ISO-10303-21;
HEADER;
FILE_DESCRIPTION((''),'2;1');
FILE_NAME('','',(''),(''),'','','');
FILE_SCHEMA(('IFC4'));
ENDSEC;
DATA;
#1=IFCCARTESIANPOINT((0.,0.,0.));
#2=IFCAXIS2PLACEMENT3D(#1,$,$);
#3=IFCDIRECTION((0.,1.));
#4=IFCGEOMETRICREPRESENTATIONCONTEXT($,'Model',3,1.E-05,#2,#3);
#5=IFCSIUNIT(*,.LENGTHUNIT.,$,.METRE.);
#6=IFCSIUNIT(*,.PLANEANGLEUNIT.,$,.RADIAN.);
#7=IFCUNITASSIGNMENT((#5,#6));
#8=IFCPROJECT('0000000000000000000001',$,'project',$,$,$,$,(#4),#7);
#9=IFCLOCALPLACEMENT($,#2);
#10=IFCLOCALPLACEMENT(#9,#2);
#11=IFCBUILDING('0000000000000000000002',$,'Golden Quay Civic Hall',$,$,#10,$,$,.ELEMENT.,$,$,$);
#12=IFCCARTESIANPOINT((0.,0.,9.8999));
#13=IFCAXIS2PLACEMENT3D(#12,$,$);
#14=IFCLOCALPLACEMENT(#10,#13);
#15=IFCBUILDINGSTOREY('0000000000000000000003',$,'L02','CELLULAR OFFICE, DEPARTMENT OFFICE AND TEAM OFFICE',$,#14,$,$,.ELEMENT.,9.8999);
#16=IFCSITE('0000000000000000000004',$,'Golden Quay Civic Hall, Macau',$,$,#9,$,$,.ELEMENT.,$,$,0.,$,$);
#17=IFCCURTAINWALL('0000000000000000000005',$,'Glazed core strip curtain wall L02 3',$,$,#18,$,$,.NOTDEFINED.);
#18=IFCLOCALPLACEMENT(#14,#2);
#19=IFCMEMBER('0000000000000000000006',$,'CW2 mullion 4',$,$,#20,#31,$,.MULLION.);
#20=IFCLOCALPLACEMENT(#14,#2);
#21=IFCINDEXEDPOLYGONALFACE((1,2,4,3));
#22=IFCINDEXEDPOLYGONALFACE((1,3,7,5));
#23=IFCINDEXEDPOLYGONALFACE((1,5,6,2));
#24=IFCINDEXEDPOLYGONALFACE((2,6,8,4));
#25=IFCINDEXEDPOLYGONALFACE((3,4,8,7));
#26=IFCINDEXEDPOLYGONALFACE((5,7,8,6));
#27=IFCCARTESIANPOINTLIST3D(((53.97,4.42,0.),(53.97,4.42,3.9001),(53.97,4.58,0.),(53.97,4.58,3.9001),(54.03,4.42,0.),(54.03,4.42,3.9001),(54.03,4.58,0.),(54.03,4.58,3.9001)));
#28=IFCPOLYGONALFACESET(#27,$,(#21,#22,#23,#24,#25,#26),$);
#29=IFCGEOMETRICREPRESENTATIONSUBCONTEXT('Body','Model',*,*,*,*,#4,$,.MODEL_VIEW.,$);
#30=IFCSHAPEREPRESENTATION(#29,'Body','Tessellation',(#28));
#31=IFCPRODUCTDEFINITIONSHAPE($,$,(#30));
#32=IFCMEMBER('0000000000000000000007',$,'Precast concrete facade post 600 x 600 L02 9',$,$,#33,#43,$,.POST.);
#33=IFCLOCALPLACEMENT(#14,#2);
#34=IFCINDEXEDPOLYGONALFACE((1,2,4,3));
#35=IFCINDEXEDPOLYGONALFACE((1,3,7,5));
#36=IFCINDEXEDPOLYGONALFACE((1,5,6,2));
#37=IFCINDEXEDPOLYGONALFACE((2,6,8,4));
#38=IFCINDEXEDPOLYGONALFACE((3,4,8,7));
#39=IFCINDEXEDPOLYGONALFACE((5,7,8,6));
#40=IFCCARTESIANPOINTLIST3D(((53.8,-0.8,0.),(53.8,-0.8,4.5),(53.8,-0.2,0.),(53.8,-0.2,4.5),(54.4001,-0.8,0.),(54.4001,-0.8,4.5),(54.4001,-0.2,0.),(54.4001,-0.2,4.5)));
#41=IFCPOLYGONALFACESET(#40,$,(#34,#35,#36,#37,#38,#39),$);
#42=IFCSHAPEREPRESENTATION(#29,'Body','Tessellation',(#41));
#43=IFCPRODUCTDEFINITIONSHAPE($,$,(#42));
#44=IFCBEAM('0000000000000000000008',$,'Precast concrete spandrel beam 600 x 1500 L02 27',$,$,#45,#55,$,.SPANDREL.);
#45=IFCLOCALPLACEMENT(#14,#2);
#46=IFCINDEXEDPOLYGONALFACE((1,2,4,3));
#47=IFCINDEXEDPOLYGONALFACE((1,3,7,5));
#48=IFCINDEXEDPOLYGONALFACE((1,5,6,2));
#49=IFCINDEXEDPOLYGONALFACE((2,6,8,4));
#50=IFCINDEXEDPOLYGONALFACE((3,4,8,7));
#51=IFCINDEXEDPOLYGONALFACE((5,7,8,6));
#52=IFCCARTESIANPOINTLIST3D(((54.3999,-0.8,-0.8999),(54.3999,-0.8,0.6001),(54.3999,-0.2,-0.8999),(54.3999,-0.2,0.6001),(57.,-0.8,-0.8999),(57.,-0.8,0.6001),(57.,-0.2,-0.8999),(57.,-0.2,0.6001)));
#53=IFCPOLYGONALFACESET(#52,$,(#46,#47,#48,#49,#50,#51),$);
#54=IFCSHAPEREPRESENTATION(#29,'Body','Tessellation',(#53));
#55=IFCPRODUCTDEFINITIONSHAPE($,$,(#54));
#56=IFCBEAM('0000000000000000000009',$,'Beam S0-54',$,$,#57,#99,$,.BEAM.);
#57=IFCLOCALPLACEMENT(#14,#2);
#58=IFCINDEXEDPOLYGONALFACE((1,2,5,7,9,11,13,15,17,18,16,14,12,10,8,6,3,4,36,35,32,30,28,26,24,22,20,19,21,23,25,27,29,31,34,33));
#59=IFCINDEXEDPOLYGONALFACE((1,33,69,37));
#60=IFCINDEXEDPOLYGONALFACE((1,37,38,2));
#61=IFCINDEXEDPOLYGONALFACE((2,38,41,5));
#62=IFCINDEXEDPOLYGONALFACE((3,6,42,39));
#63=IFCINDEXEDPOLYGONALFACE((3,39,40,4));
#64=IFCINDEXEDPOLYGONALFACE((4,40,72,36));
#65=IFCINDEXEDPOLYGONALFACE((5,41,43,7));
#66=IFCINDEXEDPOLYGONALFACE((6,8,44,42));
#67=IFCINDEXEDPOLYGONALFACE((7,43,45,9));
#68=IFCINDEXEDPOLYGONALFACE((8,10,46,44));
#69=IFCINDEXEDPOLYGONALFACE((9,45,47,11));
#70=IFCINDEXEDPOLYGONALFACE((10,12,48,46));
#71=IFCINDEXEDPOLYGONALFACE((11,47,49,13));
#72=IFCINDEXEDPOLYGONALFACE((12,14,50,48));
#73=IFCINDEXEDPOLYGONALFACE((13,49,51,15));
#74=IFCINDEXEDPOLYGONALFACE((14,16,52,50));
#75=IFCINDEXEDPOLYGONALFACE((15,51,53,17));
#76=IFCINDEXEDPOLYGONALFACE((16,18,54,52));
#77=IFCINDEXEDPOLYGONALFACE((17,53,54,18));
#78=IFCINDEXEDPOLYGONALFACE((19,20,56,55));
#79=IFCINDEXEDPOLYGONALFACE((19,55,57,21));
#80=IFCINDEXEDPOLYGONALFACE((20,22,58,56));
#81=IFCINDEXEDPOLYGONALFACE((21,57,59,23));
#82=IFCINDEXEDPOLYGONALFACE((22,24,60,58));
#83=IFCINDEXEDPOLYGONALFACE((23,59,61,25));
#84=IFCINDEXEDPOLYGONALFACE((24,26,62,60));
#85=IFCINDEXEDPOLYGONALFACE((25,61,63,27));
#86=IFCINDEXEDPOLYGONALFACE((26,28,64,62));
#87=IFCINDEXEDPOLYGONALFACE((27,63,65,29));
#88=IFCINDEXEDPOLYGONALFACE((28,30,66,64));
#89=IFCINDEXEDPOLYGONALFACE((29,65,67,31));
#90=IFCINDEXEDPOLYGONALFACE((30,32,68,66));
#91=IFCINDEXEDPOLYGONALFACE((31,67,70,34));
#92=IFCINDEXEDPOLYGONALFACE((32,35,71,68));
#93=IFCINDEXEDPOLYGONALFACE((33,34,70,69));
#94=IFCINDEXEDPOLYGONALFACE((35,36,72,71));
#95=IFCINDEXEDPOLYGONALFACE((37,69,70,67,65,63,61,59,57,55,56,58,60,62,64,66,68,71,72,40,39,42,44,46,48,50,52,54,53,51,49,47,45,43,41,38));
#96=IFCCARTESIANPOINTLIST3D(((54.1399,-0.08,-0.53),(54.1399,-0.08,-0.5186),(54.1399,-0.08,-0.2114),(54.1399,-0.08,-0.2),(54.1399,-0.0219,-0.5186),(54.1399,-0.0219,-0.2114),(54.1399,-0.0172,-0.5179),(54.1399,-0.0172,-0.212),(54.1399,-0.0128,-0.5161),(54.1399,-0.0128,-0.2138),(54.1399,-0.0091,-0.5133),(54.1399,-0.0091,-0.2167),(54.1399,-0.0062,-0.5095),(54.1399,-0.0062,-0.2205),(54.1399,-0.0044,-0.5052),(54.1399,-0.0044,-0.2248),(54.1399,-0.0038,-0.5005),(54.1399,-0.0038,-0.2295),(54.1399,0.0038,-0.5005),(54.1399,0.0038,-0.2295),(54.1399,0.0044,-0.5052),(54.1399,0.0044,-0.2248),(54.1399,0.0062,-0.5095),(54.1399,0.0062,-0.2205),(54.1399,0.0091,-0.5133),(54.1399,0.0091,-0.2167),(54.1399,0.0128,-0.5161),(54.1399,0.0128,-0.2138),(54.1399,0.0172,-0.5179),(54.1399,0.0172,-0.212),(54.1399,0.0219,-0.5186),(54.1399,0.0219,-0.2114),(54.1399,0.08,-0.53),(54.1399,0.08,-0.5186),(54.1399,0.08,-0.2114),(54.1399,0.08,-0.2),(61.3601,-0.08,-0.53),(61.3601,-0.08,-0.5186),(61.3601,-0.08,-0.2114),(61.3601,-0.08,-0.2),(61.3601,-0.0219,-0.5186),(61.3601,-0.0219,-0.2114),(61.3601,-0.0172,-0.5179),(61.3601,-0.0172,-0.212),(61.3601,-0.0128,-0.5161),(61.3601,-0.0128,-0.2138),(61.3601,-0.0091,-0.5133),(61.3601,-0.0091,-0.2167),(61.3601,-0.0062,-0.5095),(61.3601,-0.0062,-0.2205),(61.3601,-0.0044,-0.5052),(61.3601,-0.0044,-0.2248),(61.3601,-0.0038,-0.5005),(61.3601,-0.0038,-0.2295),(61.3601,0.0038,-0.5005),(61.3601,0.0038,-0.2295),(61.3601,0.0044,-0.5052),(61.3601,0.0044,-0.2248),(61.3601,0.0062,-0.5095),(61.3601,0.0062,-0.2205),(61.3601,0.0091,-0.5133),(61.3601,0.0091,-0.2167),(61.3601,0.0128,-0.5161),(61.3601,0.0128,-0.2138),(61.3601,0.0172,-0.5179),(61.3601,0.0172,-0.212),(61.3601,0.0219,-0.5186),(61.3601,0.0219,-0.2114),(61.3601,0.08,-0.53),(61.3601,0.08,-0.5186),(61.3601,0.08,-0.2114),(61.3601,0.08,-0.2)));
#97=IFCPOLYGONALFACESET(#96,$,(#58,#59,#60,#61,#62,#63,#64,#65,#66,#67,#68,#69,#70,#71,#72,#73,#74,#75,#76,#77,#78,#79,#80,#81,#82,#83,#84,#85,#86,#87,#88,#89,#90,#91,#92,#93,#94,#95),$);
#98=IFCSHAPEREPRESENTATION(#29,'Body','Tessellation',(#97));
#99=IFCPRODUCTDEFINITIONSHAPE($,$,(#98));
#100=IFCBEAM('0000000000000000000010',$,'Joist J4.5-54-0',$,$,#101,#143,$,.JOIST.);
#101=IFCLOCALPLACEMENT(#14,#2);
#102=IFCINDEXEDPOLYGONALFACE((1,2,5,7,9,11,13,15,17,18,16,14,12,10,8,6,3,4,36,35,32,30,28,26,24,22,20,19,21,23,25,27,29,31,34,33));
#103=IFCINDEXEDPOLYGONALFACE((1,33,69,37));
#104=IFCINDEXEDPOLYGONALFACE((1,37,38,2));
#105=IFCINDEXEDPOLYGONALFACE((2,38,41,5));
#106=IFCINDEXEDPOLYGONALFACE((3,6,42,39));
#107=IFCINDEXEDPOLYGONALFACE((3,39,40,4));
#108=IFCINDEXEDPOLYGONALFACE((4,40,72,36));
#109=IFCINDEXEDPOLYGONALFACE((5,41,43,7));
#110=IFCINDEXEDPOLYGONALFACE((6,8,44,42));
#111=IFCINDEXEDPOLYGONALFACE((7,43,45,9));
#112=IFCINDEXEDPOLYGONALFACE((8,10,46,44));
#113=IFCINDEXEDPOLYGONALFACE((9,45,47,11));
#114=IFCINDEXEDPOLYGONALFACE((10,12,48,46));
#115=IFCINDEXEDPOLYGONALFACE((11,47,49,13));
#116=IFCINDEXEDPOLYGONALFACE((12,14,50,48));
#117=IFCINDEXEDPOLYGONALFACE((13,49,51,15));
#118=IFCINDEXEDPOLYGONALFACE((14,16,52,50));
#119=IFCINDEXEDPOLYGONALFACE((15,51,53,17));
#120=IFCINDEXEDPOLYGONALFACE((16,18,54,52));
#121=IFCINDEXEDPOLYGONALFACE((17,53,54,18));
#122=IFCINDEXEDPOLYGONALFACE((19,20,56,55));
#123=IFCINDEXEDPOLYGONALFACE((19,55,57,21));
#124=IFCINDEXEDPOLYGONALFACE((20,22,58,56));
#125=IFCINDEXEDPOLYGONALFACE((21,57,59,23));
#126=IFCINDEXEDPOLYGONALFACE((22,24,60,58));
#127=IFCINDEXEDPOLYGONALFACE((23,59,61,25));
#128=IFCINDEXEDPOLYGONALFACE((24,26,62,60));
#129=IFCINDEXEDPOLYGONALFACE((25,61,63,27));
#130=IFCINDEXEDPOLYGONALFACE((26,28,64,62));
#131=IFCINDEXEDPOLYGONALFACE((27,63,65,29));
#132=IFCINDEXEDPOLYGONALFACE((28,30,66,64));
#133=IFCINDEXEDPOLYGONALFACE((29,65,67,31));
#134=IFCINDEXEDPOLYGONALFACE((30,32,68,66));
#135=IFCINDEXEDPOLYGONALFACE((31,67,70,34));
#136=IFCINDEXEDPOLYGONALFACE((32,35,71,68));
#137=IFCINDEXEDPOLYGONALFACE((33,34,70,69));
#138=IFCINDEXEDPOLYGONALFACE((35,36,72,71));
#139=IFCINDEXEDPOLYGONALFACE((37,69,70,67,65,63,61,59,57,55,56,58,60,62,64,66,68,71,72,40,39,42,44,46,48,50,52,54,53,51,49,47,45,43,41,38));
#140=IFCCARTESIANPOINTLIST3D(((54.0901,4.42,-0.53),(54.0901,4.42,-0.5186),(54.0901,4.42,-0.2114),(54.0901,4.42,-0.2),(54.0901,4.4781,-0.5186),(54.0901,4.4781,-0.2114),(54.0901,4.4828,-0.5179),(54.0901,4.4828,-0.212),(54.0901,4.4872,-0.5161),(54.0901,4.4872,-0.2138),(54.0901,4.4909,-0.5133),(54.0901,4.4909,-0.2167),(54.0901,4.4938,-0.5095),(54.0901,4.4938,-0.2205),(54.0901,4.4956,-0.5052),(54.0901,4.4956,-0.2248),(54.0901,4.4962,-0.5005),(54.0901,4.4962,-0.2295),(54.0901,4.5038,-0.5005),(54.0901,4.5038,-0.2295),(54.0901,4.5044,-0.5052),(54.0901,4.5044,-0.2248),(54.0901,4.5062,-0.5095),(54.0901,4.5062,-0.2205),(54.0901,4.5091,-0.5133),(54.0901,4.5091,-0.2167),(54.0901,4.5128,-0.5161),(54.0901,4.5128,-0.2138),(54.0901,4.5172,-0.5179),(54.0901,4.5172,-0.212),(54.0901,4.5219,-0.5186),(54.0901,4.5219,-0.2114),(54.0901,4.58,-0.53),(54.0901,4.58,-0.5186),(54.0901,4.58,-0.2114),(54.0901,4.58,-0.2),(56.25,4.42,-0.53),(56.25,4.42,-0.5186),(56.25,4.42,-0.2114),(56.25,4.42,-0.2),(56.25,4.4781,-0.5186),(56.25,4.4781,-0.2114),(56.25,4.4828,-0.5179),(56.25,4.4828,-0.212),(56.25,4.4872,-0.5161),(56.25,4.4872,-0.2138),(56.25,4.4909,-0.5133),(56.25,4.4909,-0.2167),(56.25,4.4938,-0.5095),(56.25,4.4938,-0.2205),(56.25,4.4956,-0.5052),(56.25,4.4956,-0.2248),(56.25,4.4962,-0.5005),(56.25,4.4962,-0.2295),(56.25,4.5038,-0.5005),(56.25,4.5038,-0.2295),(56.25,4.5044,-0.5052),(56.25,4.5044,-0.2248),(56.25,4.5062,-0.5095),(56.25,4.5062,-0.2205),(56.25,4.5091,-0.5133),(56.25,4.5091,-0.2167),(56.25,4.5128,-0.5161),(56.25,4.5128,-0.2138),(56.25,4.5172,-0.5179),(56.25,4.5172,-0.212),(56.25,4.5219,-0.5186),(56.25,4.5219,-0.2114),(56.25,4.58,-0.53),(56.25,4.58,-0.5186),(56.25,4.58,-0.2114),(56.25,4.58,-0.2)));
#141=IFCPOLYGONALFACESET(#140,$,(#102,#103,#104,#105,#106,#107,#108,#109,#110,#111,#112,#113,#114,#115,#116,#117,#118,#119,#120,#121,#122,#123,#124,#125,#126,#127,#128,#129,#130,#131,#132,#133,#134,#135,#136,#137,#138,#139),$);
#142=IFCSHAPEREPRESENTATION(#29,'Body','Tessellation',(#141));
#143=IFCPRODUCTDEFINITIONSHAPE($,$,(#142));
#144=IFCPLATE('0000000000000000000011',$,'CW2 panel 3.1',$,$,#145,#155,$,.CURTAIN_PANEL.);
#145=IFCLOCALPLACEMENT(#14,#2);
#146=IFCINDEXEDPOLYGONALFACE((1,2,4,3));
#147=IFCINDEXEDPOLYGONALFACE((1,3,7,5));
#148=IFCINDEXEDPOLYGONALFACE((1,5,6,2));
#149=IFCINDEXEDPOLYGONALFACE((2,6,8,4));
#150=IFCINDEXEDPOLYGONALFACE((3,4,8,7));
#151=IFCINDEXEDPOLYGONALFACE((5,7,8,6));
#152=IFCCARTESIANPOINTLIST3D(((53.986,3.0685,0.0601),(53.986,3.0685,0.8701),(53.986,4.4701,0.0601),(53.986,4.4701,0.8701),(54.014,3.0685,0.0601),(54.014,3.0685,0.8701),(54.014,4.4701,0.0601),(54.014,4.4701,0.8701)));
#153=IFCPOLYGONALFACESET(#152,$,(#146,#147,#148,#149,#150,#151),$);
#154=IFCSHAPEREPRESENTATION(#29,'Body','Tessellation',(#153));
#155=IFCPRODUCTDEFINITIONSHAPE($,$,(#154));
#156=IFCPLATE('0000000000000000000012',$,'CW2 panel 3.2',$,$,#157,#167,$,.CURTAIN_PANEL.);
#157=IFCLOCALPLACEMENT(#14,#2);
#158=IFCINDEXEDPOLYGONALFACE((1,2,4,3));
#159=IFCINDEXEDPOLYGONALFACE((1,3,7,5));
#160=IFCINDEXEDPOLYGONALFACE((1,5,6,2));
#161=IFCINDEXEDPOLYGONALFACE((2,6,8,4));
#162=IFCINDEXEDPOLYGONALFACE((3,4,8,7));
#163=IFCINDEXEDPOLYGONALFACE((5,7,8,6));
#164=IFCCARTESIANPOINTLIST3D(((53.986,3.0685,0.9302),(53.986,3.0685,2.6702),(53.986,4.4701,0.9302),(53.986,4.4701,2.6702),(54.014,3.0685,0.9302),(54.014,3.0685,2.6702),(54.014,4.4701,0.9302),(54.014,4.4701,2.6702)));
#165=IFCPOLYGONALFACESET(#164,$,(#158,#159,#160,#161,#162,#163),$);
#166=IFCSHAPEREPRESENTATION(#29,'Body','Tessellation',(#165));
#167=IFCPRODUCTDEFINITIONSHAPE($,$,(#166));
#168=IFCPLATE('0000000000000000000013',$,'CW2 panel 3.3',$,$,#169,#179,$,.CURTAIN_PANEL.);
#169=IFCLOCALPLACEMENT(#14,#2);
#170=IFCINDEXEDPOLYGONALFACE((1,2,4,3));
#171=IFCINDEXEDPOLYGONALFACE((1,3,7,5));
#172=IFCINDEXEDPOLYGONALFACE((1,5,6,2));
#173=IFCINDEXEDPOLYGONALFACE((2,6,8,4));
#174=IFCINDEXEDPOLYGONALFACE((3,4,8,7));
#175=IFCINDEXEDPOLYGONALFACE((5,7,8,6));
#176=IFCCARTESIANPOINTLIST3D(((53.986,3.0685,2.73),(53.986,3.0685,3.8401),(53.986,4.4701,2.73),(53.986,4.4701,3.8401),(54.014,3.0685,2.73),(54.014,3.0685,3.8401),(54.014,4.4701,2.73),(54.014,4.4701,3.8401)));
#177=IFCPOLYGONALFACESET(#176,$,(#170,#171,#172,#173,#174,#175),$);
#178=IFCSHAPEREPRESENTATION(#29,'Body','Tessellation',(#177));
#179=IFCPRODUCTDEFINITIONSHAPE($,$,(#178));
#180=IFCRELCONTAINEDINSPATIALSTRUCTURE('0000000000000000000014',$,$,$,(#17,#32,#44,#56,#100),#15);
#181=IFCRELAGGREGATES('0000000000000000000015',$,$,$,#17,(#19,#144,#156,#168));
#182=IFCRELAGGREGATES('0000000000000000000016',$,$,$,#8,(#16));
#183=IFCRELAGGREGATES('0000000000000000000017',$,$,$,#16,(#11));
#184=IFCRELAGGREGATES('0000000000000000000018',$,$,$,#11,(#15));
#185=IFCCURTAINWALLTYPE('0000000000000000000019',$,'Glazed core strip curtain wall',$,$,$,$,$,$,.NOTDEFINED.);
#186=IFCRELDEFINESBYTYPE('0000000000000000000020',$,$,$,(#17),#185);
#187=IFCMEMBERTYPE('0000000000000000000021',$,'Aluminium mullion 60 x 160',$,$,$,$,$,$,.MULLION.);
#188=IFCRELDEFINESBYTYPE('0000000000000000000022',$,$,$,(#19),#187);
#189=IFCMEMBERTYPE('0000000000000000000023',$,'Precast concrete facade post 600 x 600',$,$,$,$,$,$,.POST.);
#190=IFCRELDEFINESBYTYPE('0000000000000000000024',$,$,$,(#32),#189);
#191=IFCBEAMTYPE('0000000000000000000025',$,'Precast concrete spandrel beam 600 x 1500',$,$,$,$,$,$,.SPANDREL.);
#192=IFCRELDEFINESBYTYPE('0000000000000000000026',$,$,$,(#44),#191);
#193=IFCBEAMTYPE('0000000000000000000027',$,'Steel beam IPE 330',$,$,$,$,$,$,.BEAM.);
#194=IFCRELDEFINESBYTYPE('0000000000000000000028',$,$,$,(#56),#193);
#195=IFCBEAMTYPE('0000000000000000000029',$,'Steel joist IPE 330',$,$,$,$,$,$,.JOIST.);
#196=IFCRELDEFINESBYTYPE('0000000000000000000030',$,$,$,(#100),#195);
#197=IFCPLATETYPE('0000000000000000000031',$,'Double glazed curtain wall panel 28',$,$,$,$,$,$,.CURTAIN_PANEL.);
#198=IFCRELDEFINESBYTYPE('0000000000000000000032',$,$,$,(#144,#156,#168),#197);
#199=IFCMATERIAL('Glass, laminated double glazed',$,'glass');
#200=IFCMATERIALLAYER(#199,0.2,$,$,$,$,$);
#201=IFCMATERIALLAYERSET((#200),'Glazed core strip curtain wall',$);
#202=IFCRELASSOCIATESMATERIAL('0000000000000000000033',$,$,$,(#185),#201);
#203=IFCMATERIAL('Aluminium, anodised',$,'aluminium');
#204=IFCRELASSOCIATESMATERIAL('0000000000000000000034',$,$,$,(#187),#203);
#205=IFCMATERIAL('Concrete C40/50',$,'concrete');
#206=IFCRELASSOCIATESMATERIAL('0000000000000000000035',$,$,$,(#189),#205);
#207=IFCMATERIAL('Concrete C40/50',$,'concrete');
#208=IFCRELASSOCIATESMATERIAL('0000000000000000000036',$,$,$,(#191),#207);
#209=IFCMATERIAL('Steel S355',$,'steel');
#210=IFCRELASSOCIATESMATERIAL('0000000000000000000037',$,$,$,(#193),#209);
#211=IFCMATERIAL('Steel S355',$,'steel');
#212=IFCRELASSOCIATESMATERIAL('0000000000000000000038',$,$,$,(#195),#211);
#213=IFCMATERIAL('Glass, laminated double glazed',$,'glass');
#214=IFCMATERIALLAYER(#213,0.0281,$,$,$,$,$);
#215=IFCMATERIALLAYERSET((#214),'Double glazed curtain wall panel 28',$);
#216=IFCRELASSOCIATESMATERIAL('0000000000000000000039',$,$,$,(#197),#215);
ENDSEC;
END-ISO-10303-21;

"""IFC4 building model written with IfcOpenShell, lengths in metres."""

from ifc_helpers import new_model, si_unit, direction, frame, origin, origin_2d, place, context, subcontext, project, spatial, rectangle, i_section, extrude, material, layer, layer_set, material_profile, profile_set, type_object, element, aggregate, save


model = new_model("IFC4")

# Units and contexts
model_context = context("Model", 3, precision=1e-05, world=origin(), true_north=direction((0.0, 1.0)))
body_context = subcontext(model_context, "Body", "Model", "MODEL_VIEW")
ifc_project = project(units=[si_unit("LENGTHUNIT", "METRE"), si_unit("PLANEANGLEUNIT", "RADIAN")], contexts=[model_context])

# Site, building, storey
site_placement = place(None, origin())
site = spatial("IfcSite", under=ifc_project, at=site_placement, Name="Golden Quay Civic Hall, Macau", CompositionType="ELEMENT", RefElevation=0.0)
building_placement = place(site_placement, origin())
building = spatial("IfcBuilding", under=site, at=building_placement, Name="Golden Quay Civic Hall", CompositionType="ELEMENT")
storey_placement = place(building_placement, frame((0.0, 0.0, 9.8999)))
storey = spatial("IfcBuildingStorey", under=building, at=storey_placement, Name="L02", Description="CELLULAR OFFICE, DEPARTMENT OFFICE AND TEAM OFFICE", CompositionType="ELEMENT", Elevation=9.8999)

# Curtain wall, member
ifc_material_1 = material(Name="Glass, laminated double glazed", Category="glass")
ifc_layer_1 = layer(ifc_material_1, 0.2)
ifc_layer_set_1 = layer_set([ifc_layer_1], Name="Glazed core strip curtain wall")
curtain_wall_type = type_object("IfcCurtainWallType", Name="Glazed core strip curtain wall", PredefinedType="NOTDEFINED", material=ifc_layer_set_1)
curtain_wall_placement = place(storey_placement, origin())
curtain_wall = element("IfcCurtainWall", 1, at=curtain_wall_placement, inside=storey, type_object=curtain_wall_type, Name="Glazed core strip curtain wall L02 3", PredefinedType="NOTDEFINED")
ifc_material_2 = material(Name="Aluminium, anodised", Category="aluminium")
ifc_material_profile_1 = material_profile(ifc_material_2, rectangle(XDim=0.0601, YDim=0.1599, at=origin_2d()), Name="Aluminium 60 x 160")
ifc_profile_set_1 = profile_set([ifc_material_profile_1], Name="Aluminium, anodised")
member_type_1 = type_object("IfcMemberType", Name="Aluminium mullion 60 x 160", PredefinedType="MULLION", material=ifc_profile_set_1)
member_1_placement = place(storey_placement, frame((54.0, 4.5, 0.0), z_axis=(0.0, 0.0, 1.0), x_axis=(-1.0, 0.0, 0.0)))
member_1 = element("IfcMember", 2, at=member_1_placement, type_object=member_type_1, Name="CW2 mullion 4", PredefinedType="MULLION", context=body_context, shape_type="SweptSolid", body=[
    extrude(rectangle(XDim=0.0601, YDim=0.1599, at=origin_2d()), origin(), (0.0, 0.0, 1.0), 3.9001),
])

# Member
ifc_material_3 = material(Name="Concrete C40/50", Category="concrete")
ifc_material_profile_2 = material_profile(ifc_material_3, rectangle(XDim=0.6001, YDim=0.6001, at=origin_2d()), Name="RC 600x600")
ifc_profile_set_2 = profile_set([ifc_material_profile_2], Name="Concrete C40/50")
member_type_2 = type_object("IfcMemberType", Name="Precast concrete facade post 600 x 600", PredefinedType="POST", material=ifc_profile_set_2)
member_2_placement = place(storey_placement, frame((54.1001, -0.5, 0.0), z_axis=(0.0, 0.0, 1.0), x_axis=(1.0, 0.0, 0.0)))
element("IfcMember", 3, at=member_2_placement, inside=storey, type_object=member_type_2, Name="Precast concrete facade post 600 x 600 L02 9", PredefinedType="POST", context=body_context, shape_type="SweptSolid", body=[
    extrude(rectangle(XDim=0.6001, YDim=0.6001, at=origin_2d()), origin(), (0.0, 0.0, 1.0), 4.5),
])

# Beams
ifc_material_4 = material(Name="Concrete C40/50", Category="concrete")
ifc_material_profile_3 = material_profile(ifc_material_4, rectangle(XDim=0.6001, YDim=1.5, at=origin_2d()), Name="RC 600x1500")
ifc_profile_set_3 = profile_set([ifc_material_profile_3], Name="Concrete C40/50")
beam_type_1 = type_object("IfcBeamType", Name="Precast concrete spandrel beam 600 x 1500", PredefinedType="SPANDREL", material=ifc_profile_set_3)
beam_1_placement = place(storey_placement, frame((54.3999, -0.5, -0.1499), z_axis=(1.0, 0.0, 0.0), x_axis=(0.0, 1.0, 0.0)))
element("IfcBeam", 4, at=beam_1_placement, inside=storey, type_object=beam_type_1, Name="Precast concrete spandrel beam 600 x 1500 L02 27", PredefinedType="SPANDREL", context=body_context, shape_type="SweptSolid", body=[
    extrude(rectangle(XDim=0.6001, YDim=1.5, at=origin_2d()), origin(), (0.0, 0.0, 1.0), 2.6001),
])
ifc_material_5 = material(Name="Steel S355", Category="steel")
ifc_material_profile_4 = material_profile(ifc_material_5, i_section(OverallWidth=0.1599, OverallDepth=0.3301, WebThickness=0.0076, FlangeThickness=0.0115, FilletRadius=0.0181, at=origin_2d()), Name="IPE 330")
ifc_profile_set_4 = profile_set([ifc_material_profile_4], Name="Steel S355")
beam_type_2 = type_object("IfcBeamType", Name="Steel beam IPE 330", PredefinedType="BEAM", material=ifc_profile_set_4)
beam_2_placement = place(storey_placement, frame((54.1399, 0.0, -0.365), z_axis=(1.0, 0.0, 0.0), x_axis=(0.0, 1.0, 0.0)))
element("IfcBeam", 5, at=beam_2_placement, inside=storey, type_object=beam_type_2, Name="Beam S0-54", PredefinedType="BEAM", context=body_context, shape_type="SweptSolid", body=[
    extrude(i_section(OverallWidth=0.1599, OverallDepth=0.3301, WebThickness=0.0076, FlangeThickness=0.0115, FilletRadius=0.0181, at=origin_2d()), origin(), (0.0, 0.0, 1.0), 7.2202),
])
ifc_material_6 = material(Name="Steel S355", Category="steel")
ifc_material_profile_5 = material_profile(ifc_material_6, i_section(OverallWidth=0.1599, OverallDepth=0.3301, WebThickness=0.0076, FlangeThickness=0.0115, FilletRadius=0.0181, at=origin_2d()), Name="IPE 330")
ifc_profile_set_5 = profile_set([ifc_material_profile_5], Name="Steel S355")
beam_type_3 = type_object("IfcBeamType", Name="Steel joist IPE 330", PredefinedType="JOIST", material=ifc_profile_set_5)
beam_3_placement = place(storey_placement, frame((54.0901, 4.5, -0.365), z_axis=(1.0, 0.0, 0.0), x_axis=(0.0, 1.0, 0.0)))
element("IfcBeam", 6, at=beam_3_placement, inside=storey, type_object=beam_type_3, Name="Joist J4.5-54-0", PredefinedType="JOIST", context=body_context, shape_type="SweptSolid", body=[
    extrude(i_section(OverallWidth=0.1599, OverallDepth=0.3301, WebThickness=0.0076, FlangeThickness=0.0115, FilletRadius=0.0181, at=origin_2d()), origin(), (0.0, 0.0, 1.0), 2.1599),
])

# Plates
ifc_material_7 = material(Name="Glass, laminated double glazed", Category="glass")
ifc_layer_2 = layer(ifc_material_7, 0.0281)
ifc_layer_set_2 = layer_set([ifc_layer_2], Name="Double glazed curtain wall panel 28")
plate_type = type_object("IfcPlateType", Name="Double glazed curtain wall panel 28", PredefinedType="CURTAIN_PANEL", material=ifc_layer_set_2)
plate_1_placement = place(storey_placement, frame((54.0, 3.7693, 0.0601), z_axis=(0.0, 0.0, 1.0), x_axis=(0.0, 1.0, 0.0)))
plate_1 = element("IfcPlate", 7, at=plate_1_placement, type_object=plate_type, Name="CW2 panel 3.1", PredefinedType="CURTAIN_PANEL", context=body_context, shape_type="SweptSolid", body=[
    extrude(rectangle(XDim=1.4016, YDim=0.0281, at=origin_2d()), origin(), (0.0, 0.0, 1.0), 0.8101),
])
plate_2_placement = place(storey_placement, frame((54.0, 3.7693, 0.9302), z_axis=(0.0, 0.0, 1.0), x_axis=(0.0, 1.0, 0.0)))
plate_2 = element("IfcPlate", 8, at=plate_2_placement, type_object=plate_type, Name="CW2 panel 3.2", PredefinedType="CURTAIN_PANEL", context=body_context, shape_type="SweptSolid", body=[
    extrude(rectangle(XDim=1.4016, YDim=0.0281, at=origin_2d()), origin(), (0.0, 0.0, 1.0), 1.74),
])
plate_3_placement = place(storey_placement, frame((54.0, 3.7693, 2.73), z_axis=(0.0, 0.0, 1.0), x_axis=(0.0, 1.0, 0.0)))
plate_3 = element("IfcPlate", 9, at=plate_3_placement, type_object=plate_type, Name="CW2 panel 3.3", PredefinedType="CURTAIN_PANEL", context=body_context, shape_type="SweptSolid", body=[
    extrude(rectangle(XDim=1.4016, YDim=0.0281, at=origin_2d()), origin(), (0.0, 0.0, 1.0), 1.1101),
])
aggregate(curtain_wall, [member_1, plate_1, plate_2, plate_3])

save(model, "model.ifc")
